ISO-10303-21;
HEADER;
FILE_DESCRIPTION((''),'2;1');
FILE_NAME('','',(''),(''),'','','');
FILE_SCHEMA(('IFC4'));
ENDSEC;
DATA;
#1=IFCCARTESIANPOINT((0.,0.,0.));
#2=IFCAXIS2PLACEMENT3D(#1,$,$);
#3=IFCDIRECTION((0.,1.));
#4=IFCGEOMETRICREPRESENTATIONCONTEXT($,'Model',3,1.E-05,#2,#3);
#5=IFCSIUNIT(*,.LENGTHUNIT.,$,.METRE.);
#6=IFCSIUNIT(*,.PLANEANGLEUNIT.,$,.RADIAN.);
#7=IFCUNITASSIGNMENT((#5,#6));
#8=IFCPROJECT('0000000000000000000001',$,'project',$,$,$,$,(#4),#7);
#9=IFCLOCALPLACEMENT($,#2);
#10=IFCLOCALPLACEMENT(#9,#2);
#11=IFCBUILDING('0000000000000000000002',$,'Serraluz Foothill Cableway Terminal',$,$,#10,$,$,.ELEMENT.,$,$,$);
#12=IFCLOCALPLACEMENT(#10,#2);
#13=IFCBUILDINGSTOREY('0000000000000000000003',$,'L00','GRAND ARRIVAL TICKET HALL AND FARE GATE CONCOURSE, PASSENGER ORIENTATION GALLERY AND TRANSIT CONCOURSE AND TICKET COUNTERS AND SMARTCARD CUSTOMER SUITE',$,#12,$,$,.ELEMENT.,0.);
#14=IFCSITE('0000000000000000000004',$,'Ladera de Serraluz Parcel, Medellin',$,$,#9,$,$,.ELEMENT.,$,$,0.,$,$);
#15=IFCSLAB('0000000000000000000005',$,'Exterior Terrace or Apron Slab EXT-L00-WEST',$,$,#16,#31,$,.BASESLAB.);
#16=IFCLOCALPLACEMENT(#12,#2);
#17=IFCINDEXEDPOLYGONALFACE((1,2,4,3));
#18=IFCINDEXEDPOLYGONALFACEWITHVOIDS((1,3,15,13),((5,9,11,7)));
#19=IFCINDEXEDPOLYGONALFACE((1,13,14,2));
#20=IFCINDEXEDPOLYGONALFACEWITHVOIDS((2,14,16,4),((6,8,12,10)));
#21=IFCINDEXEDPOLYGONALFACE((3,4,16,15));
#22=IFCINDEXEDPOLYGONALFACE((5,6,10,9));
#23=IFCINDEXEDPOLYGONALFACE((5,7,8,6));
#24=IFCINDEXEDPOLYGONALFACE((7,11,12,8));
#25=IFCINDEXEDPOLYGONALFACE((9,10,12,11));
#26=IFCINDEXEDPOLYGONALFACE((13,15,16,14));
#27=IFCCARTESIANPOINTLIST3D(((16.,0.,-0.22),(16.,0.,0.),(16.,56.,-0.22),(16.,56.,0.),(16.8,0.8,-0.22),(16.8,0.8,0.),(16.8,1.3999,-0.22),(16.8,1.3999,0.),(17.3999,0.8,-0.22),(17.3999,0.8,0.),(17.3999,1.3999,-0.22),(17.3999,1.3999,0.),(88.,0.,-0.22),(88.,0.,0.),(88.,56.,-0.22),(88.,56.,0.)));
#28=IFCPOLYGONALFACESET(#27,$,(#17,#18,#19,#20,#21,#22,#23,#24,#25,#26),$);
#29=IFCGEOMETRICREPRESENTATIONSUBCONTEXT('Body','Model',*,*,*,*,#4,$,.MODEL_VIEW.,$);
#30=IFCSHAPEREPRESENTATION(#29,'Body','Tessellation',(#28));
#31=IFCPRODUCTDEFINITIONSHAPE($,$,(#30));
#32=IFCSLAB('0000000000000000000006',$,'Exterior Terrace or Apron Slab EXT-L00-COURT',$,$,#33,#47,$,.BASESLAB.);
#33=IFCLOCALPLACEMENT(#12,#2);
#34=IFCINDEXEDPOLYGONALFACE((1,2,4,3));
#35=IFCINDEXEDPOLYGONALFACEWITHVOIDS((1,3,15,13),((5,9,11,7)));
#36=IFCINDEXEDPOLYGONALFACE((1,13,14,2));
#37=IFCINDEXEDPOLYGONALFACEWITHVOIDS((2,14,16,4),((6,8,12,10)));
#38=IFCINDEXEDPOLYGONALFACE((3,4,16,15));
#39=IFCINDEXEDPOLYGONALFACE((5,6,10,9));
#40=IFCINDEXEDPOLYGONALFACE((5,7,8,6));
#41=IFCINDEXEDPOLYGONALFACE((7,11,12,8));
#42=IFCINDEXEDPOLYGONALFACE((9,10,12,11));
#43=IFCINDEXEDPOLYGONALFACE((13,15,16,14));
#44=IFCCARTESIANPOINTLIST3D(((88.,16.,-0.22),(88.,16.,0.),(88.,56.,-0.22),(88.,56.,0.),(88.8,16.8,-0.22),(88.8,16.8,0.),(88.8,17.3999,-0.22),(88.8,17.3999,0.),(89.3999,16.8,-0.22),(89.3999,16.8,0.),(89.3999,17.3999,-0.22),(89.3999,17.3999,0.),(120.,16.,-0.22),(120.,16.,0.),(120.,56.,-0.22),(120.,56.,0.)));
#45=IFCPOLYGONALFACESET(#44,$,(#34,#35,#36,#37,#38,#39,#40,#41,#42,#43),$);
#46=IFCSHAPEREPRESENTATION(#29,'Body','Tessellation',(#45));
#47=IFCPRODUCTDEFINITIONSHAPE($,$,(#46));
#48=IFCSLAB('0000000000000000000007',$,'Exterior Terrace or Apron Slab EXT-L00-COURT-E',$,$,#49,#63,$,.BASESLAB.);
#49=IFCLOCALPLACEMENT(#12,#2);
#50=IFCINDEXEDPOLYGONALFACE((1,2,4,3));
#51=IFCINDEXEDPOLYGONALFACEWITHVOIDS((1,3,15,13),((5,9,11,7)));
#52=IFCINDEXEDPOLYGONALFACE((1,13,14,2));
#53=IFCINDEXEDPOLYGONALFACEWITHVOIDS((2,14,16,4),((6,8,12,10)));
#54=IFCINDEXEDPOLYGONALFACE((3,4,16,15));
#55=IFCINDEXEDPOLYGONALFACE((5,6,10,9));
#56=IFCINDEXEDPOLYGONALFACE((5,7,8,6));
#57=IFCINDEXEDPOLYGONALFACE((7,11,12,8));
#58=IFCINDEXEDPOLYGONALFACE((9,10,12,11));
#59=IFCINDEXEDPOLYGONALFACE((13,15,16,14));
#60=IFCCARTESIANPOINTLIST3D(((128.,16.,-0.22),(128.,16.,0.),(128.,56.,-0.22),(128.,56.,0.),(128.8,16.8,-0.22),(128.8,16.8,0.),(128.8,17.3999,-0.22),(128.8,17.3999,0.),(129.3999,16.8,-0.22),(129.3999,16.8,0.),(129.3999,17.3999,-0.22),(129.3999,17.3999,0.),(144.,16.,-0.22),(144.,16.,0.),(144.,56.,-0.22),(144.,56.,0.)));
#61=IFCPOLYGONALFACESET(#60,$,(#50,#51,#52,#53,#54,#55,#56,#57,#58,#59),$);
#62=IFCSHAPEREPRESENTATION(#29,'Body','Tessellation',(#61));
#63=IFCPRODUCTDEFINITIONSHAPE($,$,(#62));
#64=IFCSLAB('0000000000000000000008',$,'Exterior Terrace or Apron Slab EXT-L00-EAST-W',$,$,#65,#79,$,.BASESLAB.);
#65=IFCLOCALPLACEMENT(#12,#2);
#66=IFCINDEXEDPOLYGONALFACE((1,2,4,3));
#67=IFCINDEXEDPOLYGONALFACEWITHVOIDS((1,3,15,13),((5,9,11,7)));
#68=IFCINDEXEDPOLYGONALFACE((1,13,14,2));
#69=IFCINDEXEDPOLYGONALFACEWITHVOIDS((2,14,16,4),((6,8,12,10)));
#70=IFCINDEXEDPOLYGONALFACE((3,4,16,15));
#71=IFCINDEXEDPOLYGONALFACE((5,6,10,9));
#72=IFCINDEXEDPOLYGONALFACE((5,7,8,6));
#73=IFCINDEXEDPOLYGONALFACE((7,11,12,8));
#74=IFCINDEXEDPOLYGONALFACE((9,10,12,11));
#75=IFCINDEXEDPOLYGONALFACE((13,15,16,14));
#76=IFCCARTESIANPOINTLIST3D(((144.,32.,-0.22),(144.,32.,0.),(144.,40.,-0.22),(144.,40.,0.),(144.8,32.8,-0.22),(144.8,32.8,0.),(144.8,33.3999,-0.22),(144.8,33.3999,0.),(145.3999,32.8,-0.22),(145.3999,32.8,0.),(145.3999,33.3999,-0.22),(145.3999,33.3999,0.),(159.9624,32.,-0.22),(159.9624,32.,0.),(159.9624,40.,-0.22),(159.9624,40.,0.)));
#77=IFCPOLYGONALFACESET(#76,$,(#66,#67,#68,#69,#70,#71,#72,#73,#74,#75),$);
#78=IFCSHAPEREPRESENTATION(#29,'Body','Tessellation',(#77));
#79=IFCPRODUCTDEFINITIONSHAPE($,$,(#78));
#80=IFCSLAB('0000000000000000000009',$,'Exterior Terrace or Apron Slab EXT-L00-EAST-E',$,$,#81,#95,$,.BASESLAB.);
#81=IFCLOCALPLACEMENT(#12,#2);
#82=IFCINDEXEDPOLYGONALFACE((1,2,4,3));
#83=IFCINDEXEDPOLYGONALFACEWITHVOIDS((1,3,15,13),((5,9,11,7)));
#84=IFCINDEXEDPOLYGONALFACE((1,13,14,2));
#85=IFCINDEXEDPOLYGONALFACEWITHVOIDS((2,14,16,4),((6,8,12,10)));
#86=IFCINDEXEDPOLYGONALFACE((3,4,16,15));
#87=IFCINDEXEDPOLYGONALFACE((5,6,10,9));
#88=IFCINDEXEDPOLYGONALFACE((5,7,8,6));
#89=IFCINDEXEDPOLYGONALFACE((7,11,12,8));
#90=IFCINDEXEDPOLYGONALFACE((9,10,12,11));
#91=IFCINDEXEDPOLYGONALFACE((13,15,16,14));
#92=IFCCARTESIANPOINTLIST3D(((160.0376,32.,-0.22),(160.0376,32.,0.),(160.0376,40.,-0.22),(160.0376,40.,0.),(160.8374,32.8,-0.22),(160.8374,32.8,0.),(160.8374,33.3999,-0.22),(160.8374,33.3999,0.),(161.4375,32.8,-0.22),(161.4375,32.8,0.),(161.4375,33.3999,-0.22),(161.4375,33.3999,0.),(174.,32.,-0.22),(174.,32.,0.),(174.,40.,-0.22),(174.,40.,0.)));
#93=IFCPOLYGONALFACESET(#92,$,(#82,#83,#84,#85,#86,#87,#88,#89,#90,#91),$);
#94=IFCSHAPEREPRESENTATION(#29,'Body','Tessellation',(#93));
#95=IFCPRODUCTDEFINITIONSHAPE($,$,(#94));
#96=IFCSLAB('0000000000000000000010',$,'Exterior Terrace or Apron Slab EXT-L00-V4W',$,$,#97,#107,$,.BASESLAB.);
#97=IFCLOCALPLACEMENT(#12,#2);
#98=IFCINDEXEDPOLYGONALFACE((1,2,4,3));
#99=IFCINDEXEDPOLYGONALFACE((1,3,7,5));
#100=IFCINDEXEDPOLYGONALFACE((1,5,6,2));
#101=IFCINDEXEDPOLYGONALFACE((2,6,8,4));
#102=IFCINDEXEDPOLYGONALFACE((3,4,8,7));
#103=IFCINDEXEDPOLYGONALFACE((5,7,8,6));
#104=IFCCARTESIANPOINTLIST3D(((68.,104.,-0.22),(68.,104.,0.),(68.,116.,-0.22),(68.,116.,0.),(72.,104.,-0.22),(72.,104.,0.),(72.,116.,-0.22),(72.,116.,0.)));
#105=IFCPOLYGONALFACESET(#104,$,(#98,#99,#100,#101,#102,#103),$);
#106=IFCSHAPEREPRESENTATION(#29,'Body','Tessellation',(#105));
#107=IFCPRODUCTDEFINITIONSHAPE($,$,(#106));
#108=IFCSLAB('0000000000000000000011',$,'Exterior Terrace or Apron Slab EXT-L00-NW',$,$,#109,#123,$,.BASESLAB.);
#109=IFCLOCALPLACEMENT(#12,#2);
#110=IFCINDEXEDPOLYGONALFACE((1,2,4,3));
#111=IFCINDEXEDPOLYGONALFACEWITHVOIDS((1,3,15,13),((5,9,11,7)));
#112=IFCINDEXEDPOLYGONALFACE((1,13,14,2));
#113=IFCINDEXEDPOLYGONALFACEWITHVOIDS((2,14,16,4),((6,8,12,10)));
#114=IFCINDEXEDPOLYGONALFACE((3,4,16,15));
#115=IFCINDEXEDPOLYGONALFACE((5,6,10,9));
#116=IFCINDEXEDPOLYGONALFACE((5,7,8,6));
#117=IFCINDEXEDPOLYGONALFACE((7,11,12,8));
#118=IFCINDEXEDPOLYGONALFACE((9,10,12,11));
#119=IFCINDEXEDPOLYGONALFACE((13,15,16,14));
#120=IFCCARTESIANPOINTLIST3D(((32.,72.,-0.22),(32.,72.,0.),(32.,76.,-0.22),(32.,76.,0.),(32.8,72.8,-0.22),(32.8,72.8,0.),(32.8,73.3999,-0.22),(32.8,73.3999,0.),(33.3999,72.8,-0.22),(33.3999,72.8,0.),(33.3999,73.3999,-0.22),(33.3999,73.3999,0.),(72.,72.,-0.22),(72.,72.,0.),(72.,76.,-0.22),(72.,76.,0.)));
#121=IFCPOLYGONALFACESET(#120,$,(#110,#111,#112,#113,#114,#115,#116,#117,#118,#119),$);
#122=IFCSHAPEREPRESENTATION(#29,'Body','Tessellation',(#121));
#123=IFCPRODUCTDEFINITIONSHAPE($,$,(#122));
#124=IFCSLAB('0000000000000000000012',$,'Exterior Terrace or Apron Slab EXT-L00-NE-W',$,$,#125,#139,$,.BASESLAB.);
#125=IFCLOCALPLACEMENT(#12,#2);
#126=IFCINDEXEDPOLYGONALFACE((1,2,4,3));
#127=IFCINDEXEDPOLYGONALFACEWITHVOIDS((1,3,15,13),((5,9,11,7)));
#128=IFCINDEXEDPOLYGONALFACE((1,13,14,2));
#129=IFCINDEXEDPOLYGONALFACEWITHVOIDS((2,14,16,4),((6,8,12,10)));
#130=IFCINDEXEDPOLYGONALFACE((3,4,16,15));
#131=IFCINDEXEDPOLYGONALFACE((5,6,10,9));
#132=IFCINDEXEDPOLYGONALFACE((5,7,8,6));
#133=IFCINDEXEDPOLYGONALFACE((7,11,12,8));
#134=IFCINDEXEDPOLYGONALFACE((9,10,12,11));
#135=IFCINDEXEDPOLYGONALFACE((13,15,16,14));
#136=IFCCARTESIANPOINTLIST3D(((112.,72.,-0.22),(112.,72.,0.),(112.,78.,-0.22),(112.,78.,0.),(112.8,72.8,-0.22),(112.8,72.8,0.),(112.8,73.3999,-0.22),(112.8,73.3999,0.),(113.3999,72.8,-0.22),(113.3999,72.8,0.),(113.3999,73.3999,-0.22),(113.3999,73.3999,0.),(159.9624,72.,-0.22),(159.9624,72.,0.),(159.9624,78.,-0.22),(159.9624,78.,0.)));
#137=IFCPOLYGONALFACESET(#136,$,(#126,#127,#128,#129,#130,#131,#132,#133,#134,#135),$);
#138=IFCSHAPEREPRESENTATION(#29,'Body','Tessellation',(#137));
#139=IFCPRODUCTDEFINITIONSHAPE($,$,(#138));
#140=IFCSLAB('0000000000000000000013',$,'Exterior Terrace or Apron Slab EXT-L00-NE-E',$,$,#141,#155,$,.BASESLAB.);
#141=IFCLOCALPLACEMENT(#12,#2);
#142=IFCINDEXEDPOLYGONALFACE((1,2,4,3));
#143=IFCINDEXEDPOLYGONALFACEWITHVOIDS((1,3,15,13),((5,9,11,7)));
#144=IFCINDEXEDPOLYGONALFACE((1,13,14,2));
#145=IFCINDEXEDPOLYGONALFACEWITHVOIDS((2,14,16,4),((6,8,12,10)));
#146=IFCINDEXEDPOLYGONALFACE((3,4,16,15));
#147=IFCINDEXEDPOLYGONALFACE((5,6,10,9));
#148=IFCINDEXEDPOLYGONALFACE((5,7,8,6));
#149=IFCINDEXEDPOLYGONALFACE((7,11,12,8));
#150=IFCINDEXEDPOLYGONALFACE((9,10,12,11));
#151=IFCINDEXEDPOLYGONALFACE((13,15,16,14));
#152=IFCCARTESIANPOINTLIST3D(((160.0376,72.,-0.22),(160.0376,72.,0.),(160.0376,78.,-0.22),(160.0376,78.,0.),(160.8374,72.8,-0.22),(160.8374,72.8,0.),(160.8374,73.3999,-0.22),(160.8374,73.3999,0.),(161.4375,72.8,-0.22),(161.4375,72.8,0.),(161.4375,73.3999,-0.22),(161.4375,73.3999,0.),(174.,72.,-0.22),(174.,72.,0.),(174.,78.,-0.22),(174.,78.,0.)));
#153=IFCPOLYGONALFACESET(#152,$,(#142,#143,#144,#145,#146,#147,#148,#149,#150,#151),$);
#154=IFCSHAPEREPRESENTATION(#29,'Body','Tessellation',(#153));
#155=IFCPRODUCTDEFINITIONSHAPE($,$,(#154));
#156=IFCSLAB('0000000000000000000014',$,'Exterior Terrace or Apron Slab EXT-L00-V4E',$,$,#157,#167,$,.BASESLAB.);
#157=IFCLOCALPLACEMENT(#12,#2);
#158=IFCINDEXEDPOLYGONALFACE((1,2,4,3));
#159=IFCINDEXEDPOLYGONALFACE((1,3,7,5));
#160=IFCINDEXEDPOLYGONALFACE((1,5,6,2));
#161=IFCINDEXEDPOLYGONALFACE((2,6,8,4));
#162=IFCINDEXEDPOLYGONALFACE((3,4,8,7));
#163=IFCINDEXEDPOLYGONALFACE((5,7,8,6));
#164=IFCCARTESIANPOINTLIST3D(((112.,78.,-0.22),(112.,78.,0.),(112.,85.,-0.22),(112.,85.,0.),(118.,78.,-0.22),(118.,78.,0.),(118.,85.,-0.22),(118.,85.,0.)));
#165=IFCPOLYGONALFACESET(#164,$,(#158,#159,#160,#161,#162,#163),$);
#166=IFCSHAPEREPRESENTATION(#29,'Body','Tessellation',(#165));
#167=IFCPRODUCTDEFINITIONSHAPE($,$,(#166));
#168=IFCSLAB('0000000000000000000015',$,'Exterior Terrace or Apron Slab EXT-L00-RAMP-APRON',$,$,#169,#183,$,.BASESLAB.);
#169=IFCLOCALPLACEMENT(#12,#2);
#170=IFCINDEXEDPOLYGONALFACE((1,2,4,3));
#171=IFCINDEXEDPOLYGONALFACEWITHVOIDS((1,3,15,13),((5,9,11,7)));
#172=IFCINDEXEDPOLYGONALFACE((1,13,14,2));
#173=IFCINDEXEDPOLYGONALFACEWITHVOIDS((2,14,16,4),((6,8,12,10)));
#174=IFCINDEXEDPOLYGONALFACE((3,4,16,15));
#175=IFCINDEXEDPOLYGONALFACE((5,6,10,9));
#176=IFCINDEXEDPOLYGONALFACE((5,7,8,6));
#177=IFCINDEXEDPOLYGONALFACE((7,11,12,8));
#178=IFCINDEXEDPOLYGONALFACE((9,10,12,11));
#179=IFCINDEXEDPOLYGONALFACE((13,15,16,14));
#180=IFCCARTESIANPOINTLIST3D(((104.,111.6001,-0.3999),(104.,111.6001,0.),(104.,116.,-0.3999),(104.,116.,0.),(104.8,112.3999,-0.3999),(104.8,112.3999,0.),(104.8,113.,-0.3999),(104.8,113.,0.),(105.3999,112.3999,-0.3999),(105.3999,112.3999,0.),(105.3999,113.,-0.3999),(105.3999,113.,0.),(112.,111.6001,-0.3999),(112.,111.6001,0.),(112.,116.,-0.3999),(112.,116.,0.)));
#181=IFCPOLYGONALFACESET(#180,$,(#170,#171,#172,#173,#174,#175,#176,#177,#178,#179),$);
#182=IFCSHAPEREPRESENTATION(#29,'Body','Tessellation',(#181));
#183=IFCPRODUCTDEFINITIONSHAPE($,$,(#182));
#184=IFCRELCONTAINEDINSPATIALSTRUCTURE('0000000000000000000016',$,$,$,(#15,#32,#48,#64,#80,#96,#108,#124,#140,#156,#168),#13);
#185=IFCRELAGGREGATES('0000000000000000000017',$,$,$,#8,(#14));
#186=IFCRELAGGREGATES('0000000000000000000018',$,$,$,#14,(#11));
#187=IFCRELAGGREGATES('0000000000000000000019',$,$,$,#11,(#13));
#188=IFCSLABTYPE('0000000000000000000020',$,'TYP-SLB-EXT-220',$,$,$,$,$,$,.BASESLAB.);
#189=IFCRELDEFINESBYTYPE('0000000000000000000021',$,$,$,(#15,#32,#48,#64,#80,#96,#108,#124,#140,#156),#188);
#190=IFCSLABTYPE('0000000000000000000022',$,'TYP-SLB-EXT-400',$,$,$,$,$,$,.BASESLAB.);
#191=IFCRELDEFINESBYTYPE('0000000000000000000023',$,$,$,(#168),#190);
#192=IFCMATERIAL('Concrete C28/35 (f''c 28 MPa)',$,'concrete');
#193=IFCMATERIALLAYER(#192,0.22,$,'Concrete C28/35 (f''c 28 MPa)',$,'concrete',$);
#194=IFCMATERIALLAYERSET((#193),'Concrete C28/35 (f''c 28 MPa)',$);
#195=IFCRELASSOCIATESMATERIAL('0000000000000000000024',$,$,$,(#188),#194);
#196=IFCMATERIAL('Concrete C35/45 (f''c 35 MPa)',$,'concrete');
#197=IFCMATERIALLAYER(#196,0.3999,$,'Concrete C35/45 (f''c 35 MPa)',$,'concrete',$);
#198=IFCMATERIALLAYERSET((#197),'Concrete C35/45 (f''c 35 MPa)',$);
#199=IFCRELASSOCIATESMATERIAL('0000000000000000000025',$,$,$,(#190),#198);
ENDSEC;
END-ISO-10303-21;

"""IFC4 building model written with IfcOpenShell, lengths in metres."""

from ifc_helpers import new_model, si_unit, direction, frame, origin, place, context, subcontext, project, spatial, polyline, outline, extrude, material, layer, layer_set, type_object, element, save


model = new_model("IFC4")

# Units and contexts
model_context = context("Model", 3, precision=1e-05, world=origin(), true_north=direction((0.0, 1.0)))
body_context = subcontext(model_context, "Body", "Model", "MODEL_VIEW")
ifc_project = project(units=[si_unit("LENGTHUNIT", "METRE"), si_unit("PLANEANGLEUNIT", "RADIAN")], contexts=[model_context])

# Site, building, storey
site_placement = place(None, origin())
site = spatial("IfcSite", under=ifc_project, at=site_placement, Name="Ladera de Serraluz Parcel, Medellin", CompositionType="ELEMENT", RefElevation=0.0)
building_placement = place(site_placement, origin())
building = spatial("IfcBuilding", under=site, at=building_placement, Name="Serraluz Foothill Cableway Terminal", CompositionType="ELEMENT")
storey_placement = place(building_placement, origin())
storey = spatial("IfcBuildingStorey", under=building, at=storey_placement, Name="L00", Description="GRAND ARRIVAL TICKET HALL AND FARE GATE CONCOURSE, PASSENGER ORIENTATION GALLERY AND TRANSIT CONCOURSE AND TICKET COUNTERS AND SMARTCARD CUSTOMER SUITE", CompositionType="ELEMENT", Elevation=0.0)

# Slabs
ifc_material_1 = material(Name="Concrete C28/35 (f'c 28 MPa)", Category="concrete")
ifc_material_2 = material(Name="Concrete C35/45 (f'c 35 MPa)", Category="concrete")
ifc_layer_1 = layer(ifc_material_1, 0.22, Name="Concrete C28/35 (f'c 28 MPa)", Category="concrete")
ifc_layer_set_1 = layer_set([ifc_layer_1], Name="Concrete C28/35 (f'c 28 MPa)")
slab_type_1 = type_object("IfcSlabType", Name="TYP-SLB-EXT-220", PredefinedType="BASESLAB", material=ifc_layer_set_1)
slab_1_placement = place(storey_placement, frame((0.0, 0.0, -0.22)))
element("IfcSlab", 1, at=slab_1_placement, inside=storey, type_object=slab_type_1, Name="Exterior Terrace or Apron Slab EXT-L00-WEST", PredefinedType="BASESLAB", context=body_context, shape_type="SweptSolid", body=[
    extrude(outline(polyline([(16.0, 0.0), (88.0, 0.0), (88.0, 56.0), (16.0, 56.0), (16.0, 0.0)]), holes=[polyline([(16.8, 0.8), (17.3999, 0.8), (17.3999, 1.3999), (16.8, 1.3999), (16.8, 0.8)])]), origin(), (0.0, 0.0, 1.0), 0.22),
])
slab_2_placement = place(storey_placement, frame((0.0, 0.0, -0.22)))
element("IfcSlab", 2, at=slab_2_placement, inside=storey, type_object=slab_type_1, Name="Exterior Terrace or Apron Slab EXT-L00-COURT", PredefinedType="BASESLAB", context=body_context, shape_type="SweptSolid", body=[
    extrude(outline(polyline([(88.0, 16.0), (120.0, 16.0), (120.0, 56.0), (88.0, 56.0), (88.0, 16.0)]), holes=[polyline([(88.8, 16.8), (89.3999, 16.8), (89.3999, 17.3999), (88.8, 17.3999), (88.8, 16.8)])]), origin(), (0.0, 0.0, 1.0), 0.22),
])
slab_3_placement = place(storey_placement, frame((0.0, 0.0, -0.22)))
element("IfcSlab", 3, at=slab_3_placement, inside=storey, type_object=slab_type_1, Name="Exterior Terrace or Apron Slab EXT-L00-COURT-E", PredefinedType="BASESLAB", context=body_context, shape_type="SweptSolid", body=[
    extrude(outline(polyline([(128.0, 16.0), (144.0, 16.0), (144.0, 56.0), (128.0, 56.0), (128.0, 16.0)]), holes=[polyline([(128.8, 16.8), (129.3999, 16.8), (129.3999, 17.3999), (128.8, 17.3999), (128.8, 16.8)])]), origin(), (0.0, 0.0, 1.0), 0.22),
])
slab_4_placement = place(storey_placement, frame((0.0, 0.0, -0.22)))
element("IfcSlab", 4, at=slab_4_placement, inside=storey, type_object=slab_type_1, Name="Exterior Terrace or Apron Slab EXT-L00-EAST-W", PredefinedType="BASESLAB", context=body_context, shape_type="SweptSolid", body=[
    extrude(outline(polyline([(144.0, 32.0), (159.9624, 32.0), (159.9624, 40.0), (144.0, 40.0), (144.0, 32.0)]), holes=[polyline([(144.8, 32.8), (145.3999, 32.8), (145.3999, 33.3999), (144.8, 33.3999), (144.8, 32.8)])]), origin(), (0.0, 0.0, 1.0), 0.22),
])
slab_5_placement = place(storey_placement, frame((0.0, 0.0, -0.22)))
element("IfcSlab", 5, at=slab_5_placement, inside=storey, type_object=slab_type_1, Name="Exterior Terrace or Apron Slab EXT-L00-EAST-E", PredefinedType="BASESLAB", context=body_context, shape_type="SweptSolid", body=[
    extrude(outline(polyline([(160.0376, 32.0), (174.0, 32.0), (174.0, 40.0), (160.0376, 40.0), (160.0376, 32.0)]), holes=[polyline([(160.8374, 32.8), (161.4375, 32.8), (161.4375, 33.3999), (160.8374, 33.3999), (160.8374, 32.8)])]), origin(), (0.0, 0.0, 1.0), 0.22),
])
slab_6_placement = place(storey_placement, frame((0.0, 0.0, -0.22)))
element("IfcSlab", 6, at=slab_6_placement, inside=storey, type_object=slab_type_1, Name="Exterior Terrace or Apron Slab EXT-L00-V4W", PredefinedType="BASESLAB", context=body_context, shape_type="SweptSolid", body=[
    extrude(outline(polyline([(68.0, 104.0), (72.0, 104.0), (72.0, 116.0), (68.0, 116.0), (68.0, 104.0)])), origin(), (0.0, 0.0, 1.0), 0.22),
])
slab_7_placement = place(storey_placement, frame((0.0, 0.0, -0.22)))
element("IfcSlab", 7, at=slab_7_placement, inside=storey, type_object=slab_type_1, Name="Exterior Terrace or Apron Slab EXT-L00-NW", PredefinedType="BASESLAB", context=body_context, shape_type="SweptSolid", body=[
    extrude(outline(polyline([(32.0, 72.0), (72.0, 72.0), (72.0, 76.0), (32.0, 76.0), (32.0, 72.0)]), holes=[polyline([(32.8, 72.8), (33.3999, 72.8), (33.3999, 73.3999), (32.8, 73.3999), (32.8, 72.8)])]), origin(), (0.0, 0.0, 1.0), 0.22),
])
slab_8_placement = place(storey_placement, frame((0.0, 0.0, -0.22)))
element("IfcSlab", 8, at=slab_8_placement, inside=storey, type_object=slab_type_1, Name="Exterior Terrace or Apron Slab EXT-L00-NE-W", PredefinedType="BASESLAB", context=body_context, shape_type="SweptSolid", body=[
    extrude(outline(polyline([(112.0, 72.0), (159.9624, 72.0), (159.9624, 78.0), (112.0, 78.0), (112.0, 72.0)]), holes=[polyline([(112.8, 72.8), (113.3999, 72.8), (113.3999, 73.3999), (112.8, 73.3999), (112.8, 72.8)])]), origin(), (0.0, 0.0, 1.0), 0.22),
])
slab_9_placement = place(storey_placement, frame((0.0, 0.0, -0.22)))
element("IfcSlab", 9, at=slab_9_placement, inside=storey, type_object=slab_type_1, Name="Exterior Terrace or Apron Slab EXT-L00-NE-E", PredefinedType="BASESLAB", context=body_context, shape_type="SweptSolid", body=[
    extrude(outline(polyline([(160.0376, 72.0), (174.0, 72.0), (174.0, 78.0), (160.0376, 78.0), (160.0376, 72.0)]), holes=[polyline([(160.8374, 72.8), (161.4375, 72.8), (161.4375, 73.3999), (160.8374, 73.3999), (160.8374, 72.8)])]), origin(), (0.0, 0.0, 1.0), 0.22),
])
slab_10_placement = place(storey_placement, frame((0.0, 0.0, -0.22)))
element("IfcSlab", 10, at=slab_10_placement, inside=storey, type_object=slab_type_1, Name="Exterior Terrace or Apron Slab EXT-L00-V4E", PredefinedType="BASESLAB", context=body_context, shape_type="SweptSolid", body=[
    extrude(outline(polyline([(112.0, 78.0), (118.0, 78.0), (118.0, 85.0), (112.0, 85.0), (112.0, 78.0)])), origin(), (0.0, 0.0, 1.0), 0.22),
])
ifc_layer_2 = layer(ifc_material_2, 0.3999, Name="Concrete C35/45 (f'c 35 MPa)", Category="concrete")
ifc_layer_set_2 = layer_set([ifc_layer_2], Name="Concrete C35/45 (f'c 35 MPa)")
slab_type_2 = type_object("IfcSlabType", Name="TYP-SLB-EXT-400", PredefinedType="BASESLAB", material=ifc_layer_set_2)
slab_11_placement = place(storey_placement, frame((0.0, 0.0, -0.3999)))
element("IfcSlab", 11, at=slab_11_placement, inside=storey, type_object=slab_type_2, Name="Exterior Terrace or Apron Slab EXT-L00-RAMP-APRON", PredefinedType="BASESLAB", context=body_context, shape_type="SweptSolid", body=[
    extrude(outline(polyline([(104.0, 111.6001), (112.0, 111.6001), (112.0, 116.0), (104.0, 116.0), (104.0, 111.6001)]), holes=[polyline([(104.8, 112.3999), (105.3999, 112.3999), (105.3999, 113.0), (104.8, 113.0), (104.8, 112.3999)])]), origin(), (0.0, 0.0, 1.0), 0.3999),
])

save(model, "model.ifc")
